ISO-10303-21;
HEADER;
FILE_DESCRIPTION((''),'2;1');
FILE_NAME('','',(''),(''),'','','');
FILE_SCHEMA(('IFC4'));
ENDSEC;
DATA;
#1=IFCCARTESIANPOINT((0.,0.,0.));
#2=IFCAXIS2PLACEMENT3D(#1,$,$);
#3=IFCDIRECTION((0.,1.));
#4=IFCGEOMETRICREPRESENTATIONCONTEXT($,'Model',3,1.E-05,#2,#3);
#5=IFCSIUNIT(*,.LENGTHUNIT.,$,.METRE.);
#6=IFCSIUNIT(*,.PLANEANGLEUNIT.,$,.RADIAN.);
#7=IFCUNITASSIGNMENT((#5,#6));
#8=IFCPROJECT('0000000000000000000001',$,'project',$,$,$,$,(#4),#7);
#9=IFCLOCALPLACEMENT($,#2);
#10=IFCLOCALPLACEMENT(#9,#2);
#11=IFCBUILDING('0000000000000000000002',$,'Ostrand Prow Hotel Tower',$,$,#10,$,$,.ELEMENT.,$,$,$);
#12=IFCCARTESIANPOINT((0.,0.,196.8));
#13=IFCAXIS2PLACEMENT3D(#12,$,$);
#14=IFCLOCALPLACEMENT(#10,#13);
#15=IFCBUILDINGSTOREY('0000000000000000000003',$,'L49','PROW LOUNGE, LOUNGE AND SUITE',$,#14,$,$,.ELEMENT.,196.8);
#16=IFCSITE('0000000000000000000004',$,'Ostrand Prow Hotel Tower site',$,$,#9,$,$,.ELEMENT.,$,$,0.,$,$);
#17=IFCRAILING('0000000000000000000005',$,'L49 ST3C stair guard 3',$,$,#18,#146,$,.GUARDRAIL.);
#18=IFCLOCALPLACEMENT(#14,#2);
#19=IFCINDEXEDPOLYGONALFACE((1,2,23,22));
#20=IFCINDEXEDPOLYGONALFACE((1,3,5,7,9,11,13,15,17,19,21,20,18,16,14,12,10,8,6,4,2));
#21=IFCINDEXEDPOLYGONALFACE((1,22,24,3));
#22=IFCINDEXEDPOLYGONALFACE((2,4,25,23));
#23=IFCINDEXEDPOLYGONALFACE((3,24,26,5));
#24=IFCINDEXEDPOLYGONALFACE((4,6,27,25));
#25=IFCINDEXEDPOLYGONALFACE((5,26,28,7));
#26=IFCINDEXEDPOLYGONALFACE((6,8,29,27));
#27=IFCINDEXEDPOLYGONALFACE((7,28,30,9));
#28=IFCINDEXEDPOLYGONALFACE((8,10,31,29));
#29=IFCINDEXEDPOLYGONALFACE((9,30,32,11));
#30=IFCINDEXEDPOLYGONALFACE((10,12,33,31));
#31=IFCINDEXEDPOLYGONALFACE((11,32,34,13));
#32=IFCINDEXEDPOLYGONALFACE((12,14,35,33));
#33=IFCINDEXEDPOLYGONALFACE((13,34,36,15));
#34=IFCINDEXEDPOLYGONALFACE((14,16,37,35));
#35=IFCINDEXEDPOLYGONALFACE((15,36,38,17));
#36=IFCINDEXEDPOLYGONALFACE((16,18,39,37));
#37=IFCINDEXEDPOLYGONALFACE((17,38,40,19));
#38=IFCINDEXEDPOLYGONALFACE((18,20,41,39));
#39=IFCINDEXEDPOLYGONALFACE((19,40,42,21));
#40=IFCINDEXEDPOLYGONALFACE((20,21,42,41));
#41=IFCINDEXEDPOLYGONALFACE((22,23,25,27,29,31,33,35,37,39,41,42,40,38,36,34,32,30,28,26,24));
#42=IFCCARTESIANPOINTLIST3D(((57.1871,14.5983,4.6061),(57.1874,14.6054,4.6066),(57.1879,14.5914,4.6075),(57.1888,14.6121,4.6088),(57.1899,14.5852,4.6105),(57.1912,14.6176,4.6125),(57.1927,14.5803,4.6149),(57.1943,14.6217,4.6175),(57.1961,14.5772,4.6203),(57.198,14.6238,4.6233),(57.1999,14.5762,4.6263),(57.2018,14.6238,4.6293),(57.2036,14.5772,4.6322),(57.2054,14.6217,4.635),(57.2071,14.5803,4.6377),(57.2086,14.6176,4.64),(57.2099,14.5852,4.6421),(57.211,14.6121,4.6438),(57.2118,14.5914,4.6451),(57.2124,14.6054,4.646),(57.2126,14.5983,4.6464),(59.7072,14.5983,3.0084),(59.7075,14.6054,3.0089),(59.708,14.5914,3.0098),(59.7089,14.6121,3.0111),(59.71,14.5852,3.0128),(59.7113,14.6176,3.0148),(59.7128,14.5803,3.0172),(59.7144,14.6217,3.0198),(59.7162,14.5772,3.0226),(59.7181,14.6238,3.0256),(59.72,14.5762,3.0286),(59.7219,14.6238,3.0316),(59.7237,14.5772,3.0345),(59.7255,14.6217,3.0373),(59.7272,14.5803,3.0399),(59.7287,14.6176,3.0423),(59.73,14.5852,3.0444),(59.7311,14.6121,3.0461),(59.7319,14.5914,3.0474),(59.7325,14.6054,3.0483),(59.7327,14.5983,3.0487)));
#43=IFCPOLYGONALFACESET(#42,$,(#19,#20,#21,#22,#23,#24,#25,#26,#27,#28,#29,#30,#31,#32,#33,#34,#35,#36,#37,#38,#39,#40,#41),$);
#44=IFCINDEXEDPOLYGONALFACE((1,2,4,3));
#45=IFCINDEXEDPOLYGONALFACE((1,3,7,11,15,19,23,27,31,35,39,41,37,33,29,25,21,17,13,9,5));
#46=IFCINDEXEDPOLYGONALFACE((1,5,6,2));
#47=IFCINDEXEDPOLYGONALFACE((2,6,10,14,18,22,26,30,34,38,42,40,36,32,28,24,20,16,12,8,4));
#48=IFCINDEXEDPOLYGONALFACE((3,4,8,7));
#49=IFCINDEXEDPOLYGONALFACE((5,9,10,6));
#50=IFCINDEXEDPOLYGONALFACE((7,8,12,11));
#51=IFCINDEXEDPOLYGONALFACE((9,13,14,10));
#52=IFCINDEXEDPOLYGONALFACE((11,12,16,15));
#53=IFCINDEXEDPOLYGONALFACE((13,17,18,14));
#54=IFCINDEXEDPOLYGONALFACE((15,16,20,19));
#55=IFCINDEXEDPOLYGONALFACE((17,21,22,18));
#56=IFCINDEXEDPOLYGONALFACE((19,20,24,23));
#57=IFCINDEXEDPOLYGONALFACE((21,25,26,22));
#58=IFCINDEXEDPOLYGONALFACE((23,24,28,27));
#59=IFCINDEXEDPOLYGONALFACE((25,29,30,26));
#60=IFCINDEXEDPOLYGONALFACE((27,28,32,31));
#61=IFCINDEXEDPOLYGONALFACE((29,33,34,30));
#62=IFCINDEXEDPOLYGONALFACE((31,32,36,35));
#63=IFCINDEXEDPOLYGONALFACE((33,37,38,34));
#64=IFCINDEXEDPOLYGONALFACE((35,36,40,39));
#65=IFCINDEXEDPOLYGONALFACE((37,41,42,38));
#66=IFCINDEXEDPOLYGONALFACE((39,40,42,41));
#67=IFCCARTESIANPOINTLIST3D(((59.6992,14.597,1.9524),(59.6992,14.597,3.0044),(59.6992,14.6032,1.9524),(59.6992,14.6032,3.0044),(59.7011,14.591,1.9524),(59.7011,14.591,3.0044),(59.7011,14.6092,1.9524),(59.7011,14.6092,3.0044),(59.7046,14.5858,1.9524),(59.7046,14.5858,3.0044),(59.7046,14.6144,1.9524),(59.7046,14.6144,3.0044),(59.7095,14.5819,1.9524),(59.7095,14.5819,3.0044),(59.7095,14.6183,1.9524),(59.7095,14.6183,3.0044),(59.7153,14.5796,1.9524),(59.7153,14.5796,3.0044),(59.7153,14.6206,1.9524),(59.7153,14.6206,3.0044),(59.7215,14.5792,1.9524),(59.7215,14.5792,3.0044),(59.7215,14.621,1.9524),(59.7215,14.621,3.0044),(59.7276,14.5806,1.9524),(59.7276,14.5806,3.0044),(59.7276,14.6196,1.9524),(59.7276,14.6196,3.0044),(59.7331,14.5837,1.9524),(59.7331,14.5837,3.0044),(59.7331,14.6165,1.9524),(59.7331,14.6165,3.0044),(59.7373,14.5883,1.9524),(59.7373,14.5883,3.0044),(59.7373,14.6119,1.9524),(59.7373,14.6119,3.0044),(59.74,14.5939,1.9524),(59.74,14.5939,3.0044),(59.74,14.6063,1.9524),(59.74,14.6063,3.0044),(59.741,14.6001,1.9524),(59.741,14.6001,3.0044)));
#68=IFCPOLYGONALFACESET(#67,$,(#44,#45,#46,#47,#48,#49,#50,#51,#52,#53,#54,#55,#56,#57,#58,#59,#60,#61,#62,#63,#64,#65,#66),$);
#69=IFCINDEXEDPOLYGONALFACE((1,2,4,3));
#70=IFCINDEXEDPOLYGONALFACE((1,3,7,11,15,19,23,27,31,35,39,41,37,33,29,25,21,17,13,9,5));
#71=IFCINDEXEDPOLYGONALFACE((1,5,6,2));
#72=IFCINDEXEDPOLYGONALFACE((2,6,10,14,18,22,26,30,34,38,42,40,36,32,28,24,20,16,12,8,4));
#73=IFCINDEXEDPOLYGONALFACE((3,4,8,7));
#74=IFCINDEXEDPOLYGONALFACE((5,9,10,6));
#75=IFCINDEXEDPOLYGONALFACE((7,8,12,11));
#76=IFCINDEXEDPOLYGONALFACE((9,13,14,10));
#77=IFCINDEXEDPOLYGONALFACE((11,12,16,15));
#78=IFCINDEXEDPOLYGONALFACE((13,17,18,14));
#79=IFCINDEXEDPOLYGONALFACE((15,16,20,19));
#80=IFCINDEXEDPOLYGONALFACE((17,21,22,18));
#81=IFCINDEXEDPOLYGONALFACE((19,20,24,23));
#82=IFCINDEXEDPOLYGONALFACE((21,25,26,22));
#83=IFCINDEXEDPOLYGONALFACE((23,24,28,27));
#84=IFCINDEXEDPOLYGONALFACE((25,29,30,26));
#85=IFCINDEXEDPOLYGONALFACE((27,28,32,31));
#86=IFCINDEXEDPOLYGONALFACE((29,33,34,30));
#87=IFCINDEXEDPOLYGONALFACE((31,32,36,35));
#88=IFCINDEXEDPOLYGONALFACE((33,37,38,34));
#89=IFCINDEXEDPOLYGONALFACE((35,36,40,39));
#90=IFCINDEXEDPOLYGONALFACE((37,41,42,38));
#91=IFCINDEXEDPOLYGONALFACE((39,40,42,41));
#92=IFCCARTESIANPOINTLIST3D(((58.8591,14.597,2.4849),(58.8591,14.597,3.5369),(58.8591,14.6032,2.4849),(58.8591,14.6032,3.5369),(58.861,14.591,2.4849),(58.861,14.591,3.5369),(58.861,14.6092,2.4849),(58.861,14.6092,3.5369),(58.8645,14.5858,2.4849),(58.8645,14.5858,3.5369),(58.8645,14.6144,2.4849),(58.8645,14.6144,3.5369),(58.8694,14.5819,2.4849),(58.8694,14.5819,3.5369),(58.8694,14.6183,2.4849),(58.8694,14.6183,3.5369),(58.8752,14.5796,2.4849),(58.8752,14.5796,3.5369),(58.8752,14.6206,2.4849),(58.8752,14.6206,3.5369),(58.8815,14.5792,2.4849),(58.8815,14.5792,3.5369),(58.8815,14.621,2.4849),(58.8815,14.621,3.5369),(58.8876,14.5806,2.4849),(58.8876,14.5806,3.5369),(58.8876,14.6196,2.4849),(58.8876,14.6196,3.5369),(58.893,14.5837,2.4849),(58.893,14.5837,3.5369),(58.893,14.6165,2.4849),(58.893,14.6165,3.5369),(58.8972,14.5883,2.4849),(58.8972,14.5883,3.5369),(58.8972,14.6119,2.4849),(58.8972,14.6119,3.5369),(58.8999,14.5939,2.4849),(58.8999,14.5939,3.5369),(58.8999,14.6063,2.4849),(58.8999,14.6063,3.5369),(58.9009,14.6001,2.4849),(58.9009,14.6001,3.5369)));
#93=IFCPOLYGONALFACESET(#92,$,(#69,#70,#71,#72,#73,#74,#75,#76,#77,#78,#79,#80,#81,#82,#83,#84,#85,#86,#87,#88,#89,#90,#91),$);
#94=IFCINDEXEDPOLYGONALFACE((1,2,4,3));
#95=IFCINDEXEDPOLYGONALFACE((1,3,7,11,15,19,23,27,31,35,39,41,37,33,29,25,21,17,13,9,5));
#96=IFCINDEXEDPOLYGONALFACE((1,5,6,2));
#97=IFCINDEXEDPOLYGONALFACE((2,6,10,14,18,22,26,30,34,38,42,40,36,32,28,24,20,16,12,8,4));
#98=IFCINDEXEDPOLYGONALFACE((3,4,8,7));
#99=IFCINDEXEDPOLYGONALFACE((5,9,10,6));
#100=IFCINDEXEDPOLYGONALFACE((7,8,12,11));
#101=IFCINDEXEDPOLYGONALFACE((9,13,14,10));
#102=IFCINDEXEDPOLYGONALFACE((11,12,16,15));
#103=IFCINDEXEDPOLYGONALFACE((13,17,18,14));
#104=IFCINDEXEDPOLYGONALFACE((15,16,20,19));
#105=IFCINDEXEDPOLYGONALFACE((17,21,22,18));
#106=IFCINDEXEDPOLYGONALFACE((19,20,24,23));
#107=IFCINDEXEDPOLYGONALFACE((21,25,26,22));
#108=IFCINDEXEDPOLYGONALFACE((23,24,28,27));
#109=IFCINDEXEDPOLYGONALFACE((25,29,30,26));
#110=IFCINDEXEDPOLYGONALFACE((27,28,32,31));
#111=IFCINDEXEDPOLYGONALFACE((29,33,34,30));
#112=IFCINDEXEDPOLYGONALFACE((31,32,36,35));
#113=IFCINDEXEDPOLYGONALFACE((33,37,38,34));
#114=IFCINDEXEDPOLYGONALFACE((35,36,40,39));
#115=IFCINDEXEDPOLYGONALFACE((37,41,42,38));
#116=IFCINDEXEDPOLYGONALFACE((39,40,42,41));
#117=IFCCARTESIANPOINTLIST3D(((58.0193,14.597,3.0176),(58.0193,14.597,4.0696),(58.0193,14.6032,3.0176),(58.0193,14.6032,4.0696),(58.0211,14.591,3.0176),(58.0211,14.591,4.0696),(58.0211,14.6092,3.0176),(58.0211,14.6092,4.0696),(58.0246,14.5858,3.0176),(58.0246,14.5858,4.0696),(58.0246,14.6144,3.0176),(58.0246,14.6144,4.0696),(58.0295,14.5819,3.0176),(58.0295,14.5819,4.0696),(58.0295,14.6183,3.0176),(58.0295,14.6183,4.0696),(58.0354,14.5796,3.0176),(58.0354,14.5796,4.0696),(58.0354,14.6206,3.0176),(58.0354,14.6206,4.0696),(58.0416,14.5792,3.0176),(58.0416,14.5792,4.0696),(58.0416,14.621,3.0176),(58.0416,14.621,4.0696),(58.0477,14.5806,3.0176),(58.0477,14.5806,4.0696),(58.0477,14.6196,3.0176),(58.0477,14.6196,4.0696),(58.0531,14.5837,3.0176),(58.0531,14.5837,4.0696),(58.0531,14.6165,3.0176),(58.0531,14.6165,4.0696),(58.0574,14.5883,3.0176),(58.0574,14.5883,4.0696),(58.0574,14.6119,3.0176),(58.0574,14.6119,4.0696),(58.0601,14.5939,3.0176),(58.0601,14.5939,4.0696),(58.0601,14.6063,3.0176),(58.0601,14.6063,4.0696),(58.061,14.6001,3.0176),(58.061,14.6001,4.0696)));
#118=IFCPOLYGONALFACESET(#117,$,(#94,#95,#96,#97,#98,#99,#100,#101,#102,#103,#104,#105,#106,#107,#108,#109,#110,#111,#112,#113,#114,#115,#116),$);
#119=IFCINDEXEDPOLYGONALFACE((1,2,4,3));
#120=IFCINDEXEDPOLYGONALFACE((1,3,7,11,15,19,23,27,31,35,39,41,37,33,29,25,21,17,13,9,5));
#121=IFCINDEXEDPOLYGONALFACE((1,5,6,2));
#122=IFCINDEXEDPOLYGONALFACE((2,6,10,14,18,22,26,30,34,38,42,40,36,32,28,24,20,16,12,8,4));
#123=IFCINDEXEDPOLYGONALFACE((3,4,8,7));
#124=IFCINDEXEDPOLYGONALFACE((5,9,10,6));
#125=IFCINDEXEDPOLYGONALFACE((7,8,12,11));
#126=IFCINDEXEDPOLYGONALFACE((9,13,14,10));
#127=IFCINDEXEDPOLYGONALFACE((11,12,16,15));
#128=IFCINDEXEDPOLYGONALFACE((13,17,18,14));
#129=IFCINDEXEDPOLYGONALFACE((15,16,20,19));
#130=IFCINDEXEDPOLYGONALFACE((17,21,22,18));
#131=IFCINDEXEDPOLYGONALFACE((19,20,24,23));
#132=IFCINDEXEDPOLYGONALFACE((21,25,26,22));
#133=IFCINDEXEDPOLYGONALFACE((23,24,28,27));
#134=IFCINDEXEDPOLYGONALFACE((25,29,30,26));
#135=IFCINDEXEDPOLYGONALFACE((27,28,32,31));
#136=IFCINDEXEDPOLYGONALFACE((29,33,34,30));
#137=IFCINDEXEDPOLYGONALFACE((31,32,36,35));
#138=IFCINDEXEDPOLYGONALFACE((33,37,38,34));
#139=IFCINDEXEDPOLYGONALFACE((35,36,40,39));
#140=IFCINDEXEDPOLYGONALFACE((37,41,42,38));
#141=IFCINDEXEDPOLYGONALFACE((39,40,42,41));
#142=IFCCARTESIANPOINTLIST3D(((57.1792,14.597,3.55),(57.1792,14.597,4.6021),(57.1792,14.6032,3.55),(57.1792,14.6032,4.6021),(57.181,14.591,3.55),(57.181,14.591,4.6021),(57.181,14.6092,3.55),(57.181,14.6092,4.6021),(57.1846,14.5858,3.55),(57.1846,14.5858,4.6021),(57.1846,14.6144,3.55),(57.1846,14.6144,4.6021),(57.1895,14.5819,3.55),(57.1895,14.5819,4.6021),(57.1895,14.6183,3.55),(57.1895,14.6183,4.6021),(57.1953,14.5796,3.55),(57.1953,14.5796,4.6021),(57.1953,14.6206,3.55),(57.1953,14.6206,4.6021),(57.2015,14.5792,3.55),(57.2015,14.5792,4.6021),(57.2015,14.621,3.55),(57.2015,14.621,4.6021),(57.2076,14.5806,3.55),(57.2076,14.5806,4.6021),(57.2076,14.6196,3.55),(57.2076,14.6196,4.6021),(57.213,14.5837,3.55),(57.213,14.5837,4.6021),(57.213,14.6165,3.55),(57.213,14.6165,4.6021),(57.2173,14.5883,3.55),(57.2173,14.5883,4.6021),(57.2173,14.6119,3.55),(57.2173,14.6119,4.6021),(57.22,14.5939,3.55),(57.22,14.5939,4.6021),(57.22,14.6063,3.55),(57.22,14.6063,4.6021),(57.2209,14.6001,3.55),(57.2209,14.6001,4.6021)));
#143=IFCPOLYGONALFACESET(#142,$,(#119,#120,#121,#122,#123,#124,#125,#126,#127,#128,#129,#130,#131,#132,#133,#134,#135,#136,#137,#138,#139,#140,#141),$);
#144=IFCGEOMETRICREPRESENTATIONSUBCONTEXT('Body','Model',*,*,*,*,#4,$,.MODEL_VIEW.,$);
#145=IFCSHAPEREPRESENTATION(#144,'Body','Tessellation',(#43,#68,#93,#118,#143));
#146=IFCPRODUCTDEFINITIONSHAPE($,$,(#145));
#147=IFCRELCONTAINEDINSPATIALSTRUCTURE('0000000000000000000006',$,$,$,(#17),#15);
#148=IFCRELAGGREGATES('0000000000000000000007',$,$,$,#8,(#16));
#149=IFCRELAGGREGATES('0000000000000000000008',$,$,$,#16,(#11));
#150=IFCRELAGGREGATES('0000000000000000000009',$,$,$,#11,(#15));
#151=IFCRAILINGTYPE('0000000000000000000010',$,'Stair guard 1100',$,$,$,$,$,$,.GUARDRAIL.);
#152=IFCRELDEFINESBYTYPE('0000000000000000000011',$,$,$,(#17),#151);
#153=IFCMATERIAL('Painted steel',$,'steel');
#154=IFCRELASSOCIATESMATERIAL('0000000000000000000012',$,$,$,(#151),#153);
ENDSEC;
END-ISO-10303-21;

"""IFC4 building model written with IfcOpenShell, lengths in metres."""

from ifc_helpers import new_model, si_unit, direction, frame, origin, origin_2d, place, context, subcontext, project, spatial, circle, extrude, material, type_object, element, save


model = new_model("IFC4")

# Units and contexts
model_context = context("Model", 3, precision=1e-05, world=origin(), true_north=direction((0.0, 1.0)))
body_context = subcontext(model_context, "Body", "Model", "MODEL_VIEW")
ifc_project = project(units=[si_unit("LENGTHUNIT", "METRE"), si_unit("PLANEANGLEUNIT", "RADIAN")], contexts=[model_context])

# Site, building, storey
site_placement = place(None, origin())
site = spatial("IfcSite", under=ifc_project, at=site_placement, Name="Ostrand Prow Hotel Tower site", CompositionType="ELEMENT", RefElevation=0.0)
building_placement = place(site_placement, origin())
building = spatial("IfcBuilding", under=site, at=building_placement, Name="Ostrand Prow Hotel Tower", CompositionType="ELEMENT")
storey_placement = place(building_placement, frame((0.0, 0.0, 196.8)))
storey = spatial("IfcBuildingStorey", under=building, at=storey_placement, Name="L49", Description="PROW LOUNGE, LOUNGE AND SUITE", CompositionType="ELEMENT", Elevation=196.8)

# Railing
ifc_material_1 = material(Name="Painted steel", Category="steel")
railing_type_1 = type_object("IfcRailingType", Name="Stair guard 1100", PredefinedType="GUARDRAIL", material=ifc_material_1)
railing_1_placement = place(storey_placement, frame((59.72, 14.6001, 1.9524)))
element("IfcRailing", 1, at=railing_1_placement, inside=storey, type_object=railing_type_1, Name="L49 ST3C stair guard 3", PredefinedType="GUARDRAIL", context=body_context, shape_type="SweptSolid", body=[
    extrude(circle(Radius=0.0239, at=origin_2d()), frame((0.0, 0.0, 1.0762), z_axis=(-0.84457, 0.0, 0.535445), x_axis=(0.0, -1.0, 0.0)), (0.0, 0.0, 1.0), 2.9839),
    extrude(circle(Radius=0.021, at=origin_2d()), origin(), (0.0, 0.0, 1.0), 1.052),
    extrude(circle(Radius=0.021, at=origin_2d()), frame((-0.8401, 0.0, 0.5325)), (0.0, 0.0, 1.0), 1.052),
    extrude(circle(Radius=0.021, at=origin_2d()), frame((-1.6799, 0.0, 1.0652)), (0.0, 0.0, 1.0), 1.052),
    extrude(circle(Radius=0.021, at=origin_2d()), frame((-2.52, 0.0, 1.5977)), (0.0, 0.0, 1.0), 1.052),
])

save(model, "model.ifc")
